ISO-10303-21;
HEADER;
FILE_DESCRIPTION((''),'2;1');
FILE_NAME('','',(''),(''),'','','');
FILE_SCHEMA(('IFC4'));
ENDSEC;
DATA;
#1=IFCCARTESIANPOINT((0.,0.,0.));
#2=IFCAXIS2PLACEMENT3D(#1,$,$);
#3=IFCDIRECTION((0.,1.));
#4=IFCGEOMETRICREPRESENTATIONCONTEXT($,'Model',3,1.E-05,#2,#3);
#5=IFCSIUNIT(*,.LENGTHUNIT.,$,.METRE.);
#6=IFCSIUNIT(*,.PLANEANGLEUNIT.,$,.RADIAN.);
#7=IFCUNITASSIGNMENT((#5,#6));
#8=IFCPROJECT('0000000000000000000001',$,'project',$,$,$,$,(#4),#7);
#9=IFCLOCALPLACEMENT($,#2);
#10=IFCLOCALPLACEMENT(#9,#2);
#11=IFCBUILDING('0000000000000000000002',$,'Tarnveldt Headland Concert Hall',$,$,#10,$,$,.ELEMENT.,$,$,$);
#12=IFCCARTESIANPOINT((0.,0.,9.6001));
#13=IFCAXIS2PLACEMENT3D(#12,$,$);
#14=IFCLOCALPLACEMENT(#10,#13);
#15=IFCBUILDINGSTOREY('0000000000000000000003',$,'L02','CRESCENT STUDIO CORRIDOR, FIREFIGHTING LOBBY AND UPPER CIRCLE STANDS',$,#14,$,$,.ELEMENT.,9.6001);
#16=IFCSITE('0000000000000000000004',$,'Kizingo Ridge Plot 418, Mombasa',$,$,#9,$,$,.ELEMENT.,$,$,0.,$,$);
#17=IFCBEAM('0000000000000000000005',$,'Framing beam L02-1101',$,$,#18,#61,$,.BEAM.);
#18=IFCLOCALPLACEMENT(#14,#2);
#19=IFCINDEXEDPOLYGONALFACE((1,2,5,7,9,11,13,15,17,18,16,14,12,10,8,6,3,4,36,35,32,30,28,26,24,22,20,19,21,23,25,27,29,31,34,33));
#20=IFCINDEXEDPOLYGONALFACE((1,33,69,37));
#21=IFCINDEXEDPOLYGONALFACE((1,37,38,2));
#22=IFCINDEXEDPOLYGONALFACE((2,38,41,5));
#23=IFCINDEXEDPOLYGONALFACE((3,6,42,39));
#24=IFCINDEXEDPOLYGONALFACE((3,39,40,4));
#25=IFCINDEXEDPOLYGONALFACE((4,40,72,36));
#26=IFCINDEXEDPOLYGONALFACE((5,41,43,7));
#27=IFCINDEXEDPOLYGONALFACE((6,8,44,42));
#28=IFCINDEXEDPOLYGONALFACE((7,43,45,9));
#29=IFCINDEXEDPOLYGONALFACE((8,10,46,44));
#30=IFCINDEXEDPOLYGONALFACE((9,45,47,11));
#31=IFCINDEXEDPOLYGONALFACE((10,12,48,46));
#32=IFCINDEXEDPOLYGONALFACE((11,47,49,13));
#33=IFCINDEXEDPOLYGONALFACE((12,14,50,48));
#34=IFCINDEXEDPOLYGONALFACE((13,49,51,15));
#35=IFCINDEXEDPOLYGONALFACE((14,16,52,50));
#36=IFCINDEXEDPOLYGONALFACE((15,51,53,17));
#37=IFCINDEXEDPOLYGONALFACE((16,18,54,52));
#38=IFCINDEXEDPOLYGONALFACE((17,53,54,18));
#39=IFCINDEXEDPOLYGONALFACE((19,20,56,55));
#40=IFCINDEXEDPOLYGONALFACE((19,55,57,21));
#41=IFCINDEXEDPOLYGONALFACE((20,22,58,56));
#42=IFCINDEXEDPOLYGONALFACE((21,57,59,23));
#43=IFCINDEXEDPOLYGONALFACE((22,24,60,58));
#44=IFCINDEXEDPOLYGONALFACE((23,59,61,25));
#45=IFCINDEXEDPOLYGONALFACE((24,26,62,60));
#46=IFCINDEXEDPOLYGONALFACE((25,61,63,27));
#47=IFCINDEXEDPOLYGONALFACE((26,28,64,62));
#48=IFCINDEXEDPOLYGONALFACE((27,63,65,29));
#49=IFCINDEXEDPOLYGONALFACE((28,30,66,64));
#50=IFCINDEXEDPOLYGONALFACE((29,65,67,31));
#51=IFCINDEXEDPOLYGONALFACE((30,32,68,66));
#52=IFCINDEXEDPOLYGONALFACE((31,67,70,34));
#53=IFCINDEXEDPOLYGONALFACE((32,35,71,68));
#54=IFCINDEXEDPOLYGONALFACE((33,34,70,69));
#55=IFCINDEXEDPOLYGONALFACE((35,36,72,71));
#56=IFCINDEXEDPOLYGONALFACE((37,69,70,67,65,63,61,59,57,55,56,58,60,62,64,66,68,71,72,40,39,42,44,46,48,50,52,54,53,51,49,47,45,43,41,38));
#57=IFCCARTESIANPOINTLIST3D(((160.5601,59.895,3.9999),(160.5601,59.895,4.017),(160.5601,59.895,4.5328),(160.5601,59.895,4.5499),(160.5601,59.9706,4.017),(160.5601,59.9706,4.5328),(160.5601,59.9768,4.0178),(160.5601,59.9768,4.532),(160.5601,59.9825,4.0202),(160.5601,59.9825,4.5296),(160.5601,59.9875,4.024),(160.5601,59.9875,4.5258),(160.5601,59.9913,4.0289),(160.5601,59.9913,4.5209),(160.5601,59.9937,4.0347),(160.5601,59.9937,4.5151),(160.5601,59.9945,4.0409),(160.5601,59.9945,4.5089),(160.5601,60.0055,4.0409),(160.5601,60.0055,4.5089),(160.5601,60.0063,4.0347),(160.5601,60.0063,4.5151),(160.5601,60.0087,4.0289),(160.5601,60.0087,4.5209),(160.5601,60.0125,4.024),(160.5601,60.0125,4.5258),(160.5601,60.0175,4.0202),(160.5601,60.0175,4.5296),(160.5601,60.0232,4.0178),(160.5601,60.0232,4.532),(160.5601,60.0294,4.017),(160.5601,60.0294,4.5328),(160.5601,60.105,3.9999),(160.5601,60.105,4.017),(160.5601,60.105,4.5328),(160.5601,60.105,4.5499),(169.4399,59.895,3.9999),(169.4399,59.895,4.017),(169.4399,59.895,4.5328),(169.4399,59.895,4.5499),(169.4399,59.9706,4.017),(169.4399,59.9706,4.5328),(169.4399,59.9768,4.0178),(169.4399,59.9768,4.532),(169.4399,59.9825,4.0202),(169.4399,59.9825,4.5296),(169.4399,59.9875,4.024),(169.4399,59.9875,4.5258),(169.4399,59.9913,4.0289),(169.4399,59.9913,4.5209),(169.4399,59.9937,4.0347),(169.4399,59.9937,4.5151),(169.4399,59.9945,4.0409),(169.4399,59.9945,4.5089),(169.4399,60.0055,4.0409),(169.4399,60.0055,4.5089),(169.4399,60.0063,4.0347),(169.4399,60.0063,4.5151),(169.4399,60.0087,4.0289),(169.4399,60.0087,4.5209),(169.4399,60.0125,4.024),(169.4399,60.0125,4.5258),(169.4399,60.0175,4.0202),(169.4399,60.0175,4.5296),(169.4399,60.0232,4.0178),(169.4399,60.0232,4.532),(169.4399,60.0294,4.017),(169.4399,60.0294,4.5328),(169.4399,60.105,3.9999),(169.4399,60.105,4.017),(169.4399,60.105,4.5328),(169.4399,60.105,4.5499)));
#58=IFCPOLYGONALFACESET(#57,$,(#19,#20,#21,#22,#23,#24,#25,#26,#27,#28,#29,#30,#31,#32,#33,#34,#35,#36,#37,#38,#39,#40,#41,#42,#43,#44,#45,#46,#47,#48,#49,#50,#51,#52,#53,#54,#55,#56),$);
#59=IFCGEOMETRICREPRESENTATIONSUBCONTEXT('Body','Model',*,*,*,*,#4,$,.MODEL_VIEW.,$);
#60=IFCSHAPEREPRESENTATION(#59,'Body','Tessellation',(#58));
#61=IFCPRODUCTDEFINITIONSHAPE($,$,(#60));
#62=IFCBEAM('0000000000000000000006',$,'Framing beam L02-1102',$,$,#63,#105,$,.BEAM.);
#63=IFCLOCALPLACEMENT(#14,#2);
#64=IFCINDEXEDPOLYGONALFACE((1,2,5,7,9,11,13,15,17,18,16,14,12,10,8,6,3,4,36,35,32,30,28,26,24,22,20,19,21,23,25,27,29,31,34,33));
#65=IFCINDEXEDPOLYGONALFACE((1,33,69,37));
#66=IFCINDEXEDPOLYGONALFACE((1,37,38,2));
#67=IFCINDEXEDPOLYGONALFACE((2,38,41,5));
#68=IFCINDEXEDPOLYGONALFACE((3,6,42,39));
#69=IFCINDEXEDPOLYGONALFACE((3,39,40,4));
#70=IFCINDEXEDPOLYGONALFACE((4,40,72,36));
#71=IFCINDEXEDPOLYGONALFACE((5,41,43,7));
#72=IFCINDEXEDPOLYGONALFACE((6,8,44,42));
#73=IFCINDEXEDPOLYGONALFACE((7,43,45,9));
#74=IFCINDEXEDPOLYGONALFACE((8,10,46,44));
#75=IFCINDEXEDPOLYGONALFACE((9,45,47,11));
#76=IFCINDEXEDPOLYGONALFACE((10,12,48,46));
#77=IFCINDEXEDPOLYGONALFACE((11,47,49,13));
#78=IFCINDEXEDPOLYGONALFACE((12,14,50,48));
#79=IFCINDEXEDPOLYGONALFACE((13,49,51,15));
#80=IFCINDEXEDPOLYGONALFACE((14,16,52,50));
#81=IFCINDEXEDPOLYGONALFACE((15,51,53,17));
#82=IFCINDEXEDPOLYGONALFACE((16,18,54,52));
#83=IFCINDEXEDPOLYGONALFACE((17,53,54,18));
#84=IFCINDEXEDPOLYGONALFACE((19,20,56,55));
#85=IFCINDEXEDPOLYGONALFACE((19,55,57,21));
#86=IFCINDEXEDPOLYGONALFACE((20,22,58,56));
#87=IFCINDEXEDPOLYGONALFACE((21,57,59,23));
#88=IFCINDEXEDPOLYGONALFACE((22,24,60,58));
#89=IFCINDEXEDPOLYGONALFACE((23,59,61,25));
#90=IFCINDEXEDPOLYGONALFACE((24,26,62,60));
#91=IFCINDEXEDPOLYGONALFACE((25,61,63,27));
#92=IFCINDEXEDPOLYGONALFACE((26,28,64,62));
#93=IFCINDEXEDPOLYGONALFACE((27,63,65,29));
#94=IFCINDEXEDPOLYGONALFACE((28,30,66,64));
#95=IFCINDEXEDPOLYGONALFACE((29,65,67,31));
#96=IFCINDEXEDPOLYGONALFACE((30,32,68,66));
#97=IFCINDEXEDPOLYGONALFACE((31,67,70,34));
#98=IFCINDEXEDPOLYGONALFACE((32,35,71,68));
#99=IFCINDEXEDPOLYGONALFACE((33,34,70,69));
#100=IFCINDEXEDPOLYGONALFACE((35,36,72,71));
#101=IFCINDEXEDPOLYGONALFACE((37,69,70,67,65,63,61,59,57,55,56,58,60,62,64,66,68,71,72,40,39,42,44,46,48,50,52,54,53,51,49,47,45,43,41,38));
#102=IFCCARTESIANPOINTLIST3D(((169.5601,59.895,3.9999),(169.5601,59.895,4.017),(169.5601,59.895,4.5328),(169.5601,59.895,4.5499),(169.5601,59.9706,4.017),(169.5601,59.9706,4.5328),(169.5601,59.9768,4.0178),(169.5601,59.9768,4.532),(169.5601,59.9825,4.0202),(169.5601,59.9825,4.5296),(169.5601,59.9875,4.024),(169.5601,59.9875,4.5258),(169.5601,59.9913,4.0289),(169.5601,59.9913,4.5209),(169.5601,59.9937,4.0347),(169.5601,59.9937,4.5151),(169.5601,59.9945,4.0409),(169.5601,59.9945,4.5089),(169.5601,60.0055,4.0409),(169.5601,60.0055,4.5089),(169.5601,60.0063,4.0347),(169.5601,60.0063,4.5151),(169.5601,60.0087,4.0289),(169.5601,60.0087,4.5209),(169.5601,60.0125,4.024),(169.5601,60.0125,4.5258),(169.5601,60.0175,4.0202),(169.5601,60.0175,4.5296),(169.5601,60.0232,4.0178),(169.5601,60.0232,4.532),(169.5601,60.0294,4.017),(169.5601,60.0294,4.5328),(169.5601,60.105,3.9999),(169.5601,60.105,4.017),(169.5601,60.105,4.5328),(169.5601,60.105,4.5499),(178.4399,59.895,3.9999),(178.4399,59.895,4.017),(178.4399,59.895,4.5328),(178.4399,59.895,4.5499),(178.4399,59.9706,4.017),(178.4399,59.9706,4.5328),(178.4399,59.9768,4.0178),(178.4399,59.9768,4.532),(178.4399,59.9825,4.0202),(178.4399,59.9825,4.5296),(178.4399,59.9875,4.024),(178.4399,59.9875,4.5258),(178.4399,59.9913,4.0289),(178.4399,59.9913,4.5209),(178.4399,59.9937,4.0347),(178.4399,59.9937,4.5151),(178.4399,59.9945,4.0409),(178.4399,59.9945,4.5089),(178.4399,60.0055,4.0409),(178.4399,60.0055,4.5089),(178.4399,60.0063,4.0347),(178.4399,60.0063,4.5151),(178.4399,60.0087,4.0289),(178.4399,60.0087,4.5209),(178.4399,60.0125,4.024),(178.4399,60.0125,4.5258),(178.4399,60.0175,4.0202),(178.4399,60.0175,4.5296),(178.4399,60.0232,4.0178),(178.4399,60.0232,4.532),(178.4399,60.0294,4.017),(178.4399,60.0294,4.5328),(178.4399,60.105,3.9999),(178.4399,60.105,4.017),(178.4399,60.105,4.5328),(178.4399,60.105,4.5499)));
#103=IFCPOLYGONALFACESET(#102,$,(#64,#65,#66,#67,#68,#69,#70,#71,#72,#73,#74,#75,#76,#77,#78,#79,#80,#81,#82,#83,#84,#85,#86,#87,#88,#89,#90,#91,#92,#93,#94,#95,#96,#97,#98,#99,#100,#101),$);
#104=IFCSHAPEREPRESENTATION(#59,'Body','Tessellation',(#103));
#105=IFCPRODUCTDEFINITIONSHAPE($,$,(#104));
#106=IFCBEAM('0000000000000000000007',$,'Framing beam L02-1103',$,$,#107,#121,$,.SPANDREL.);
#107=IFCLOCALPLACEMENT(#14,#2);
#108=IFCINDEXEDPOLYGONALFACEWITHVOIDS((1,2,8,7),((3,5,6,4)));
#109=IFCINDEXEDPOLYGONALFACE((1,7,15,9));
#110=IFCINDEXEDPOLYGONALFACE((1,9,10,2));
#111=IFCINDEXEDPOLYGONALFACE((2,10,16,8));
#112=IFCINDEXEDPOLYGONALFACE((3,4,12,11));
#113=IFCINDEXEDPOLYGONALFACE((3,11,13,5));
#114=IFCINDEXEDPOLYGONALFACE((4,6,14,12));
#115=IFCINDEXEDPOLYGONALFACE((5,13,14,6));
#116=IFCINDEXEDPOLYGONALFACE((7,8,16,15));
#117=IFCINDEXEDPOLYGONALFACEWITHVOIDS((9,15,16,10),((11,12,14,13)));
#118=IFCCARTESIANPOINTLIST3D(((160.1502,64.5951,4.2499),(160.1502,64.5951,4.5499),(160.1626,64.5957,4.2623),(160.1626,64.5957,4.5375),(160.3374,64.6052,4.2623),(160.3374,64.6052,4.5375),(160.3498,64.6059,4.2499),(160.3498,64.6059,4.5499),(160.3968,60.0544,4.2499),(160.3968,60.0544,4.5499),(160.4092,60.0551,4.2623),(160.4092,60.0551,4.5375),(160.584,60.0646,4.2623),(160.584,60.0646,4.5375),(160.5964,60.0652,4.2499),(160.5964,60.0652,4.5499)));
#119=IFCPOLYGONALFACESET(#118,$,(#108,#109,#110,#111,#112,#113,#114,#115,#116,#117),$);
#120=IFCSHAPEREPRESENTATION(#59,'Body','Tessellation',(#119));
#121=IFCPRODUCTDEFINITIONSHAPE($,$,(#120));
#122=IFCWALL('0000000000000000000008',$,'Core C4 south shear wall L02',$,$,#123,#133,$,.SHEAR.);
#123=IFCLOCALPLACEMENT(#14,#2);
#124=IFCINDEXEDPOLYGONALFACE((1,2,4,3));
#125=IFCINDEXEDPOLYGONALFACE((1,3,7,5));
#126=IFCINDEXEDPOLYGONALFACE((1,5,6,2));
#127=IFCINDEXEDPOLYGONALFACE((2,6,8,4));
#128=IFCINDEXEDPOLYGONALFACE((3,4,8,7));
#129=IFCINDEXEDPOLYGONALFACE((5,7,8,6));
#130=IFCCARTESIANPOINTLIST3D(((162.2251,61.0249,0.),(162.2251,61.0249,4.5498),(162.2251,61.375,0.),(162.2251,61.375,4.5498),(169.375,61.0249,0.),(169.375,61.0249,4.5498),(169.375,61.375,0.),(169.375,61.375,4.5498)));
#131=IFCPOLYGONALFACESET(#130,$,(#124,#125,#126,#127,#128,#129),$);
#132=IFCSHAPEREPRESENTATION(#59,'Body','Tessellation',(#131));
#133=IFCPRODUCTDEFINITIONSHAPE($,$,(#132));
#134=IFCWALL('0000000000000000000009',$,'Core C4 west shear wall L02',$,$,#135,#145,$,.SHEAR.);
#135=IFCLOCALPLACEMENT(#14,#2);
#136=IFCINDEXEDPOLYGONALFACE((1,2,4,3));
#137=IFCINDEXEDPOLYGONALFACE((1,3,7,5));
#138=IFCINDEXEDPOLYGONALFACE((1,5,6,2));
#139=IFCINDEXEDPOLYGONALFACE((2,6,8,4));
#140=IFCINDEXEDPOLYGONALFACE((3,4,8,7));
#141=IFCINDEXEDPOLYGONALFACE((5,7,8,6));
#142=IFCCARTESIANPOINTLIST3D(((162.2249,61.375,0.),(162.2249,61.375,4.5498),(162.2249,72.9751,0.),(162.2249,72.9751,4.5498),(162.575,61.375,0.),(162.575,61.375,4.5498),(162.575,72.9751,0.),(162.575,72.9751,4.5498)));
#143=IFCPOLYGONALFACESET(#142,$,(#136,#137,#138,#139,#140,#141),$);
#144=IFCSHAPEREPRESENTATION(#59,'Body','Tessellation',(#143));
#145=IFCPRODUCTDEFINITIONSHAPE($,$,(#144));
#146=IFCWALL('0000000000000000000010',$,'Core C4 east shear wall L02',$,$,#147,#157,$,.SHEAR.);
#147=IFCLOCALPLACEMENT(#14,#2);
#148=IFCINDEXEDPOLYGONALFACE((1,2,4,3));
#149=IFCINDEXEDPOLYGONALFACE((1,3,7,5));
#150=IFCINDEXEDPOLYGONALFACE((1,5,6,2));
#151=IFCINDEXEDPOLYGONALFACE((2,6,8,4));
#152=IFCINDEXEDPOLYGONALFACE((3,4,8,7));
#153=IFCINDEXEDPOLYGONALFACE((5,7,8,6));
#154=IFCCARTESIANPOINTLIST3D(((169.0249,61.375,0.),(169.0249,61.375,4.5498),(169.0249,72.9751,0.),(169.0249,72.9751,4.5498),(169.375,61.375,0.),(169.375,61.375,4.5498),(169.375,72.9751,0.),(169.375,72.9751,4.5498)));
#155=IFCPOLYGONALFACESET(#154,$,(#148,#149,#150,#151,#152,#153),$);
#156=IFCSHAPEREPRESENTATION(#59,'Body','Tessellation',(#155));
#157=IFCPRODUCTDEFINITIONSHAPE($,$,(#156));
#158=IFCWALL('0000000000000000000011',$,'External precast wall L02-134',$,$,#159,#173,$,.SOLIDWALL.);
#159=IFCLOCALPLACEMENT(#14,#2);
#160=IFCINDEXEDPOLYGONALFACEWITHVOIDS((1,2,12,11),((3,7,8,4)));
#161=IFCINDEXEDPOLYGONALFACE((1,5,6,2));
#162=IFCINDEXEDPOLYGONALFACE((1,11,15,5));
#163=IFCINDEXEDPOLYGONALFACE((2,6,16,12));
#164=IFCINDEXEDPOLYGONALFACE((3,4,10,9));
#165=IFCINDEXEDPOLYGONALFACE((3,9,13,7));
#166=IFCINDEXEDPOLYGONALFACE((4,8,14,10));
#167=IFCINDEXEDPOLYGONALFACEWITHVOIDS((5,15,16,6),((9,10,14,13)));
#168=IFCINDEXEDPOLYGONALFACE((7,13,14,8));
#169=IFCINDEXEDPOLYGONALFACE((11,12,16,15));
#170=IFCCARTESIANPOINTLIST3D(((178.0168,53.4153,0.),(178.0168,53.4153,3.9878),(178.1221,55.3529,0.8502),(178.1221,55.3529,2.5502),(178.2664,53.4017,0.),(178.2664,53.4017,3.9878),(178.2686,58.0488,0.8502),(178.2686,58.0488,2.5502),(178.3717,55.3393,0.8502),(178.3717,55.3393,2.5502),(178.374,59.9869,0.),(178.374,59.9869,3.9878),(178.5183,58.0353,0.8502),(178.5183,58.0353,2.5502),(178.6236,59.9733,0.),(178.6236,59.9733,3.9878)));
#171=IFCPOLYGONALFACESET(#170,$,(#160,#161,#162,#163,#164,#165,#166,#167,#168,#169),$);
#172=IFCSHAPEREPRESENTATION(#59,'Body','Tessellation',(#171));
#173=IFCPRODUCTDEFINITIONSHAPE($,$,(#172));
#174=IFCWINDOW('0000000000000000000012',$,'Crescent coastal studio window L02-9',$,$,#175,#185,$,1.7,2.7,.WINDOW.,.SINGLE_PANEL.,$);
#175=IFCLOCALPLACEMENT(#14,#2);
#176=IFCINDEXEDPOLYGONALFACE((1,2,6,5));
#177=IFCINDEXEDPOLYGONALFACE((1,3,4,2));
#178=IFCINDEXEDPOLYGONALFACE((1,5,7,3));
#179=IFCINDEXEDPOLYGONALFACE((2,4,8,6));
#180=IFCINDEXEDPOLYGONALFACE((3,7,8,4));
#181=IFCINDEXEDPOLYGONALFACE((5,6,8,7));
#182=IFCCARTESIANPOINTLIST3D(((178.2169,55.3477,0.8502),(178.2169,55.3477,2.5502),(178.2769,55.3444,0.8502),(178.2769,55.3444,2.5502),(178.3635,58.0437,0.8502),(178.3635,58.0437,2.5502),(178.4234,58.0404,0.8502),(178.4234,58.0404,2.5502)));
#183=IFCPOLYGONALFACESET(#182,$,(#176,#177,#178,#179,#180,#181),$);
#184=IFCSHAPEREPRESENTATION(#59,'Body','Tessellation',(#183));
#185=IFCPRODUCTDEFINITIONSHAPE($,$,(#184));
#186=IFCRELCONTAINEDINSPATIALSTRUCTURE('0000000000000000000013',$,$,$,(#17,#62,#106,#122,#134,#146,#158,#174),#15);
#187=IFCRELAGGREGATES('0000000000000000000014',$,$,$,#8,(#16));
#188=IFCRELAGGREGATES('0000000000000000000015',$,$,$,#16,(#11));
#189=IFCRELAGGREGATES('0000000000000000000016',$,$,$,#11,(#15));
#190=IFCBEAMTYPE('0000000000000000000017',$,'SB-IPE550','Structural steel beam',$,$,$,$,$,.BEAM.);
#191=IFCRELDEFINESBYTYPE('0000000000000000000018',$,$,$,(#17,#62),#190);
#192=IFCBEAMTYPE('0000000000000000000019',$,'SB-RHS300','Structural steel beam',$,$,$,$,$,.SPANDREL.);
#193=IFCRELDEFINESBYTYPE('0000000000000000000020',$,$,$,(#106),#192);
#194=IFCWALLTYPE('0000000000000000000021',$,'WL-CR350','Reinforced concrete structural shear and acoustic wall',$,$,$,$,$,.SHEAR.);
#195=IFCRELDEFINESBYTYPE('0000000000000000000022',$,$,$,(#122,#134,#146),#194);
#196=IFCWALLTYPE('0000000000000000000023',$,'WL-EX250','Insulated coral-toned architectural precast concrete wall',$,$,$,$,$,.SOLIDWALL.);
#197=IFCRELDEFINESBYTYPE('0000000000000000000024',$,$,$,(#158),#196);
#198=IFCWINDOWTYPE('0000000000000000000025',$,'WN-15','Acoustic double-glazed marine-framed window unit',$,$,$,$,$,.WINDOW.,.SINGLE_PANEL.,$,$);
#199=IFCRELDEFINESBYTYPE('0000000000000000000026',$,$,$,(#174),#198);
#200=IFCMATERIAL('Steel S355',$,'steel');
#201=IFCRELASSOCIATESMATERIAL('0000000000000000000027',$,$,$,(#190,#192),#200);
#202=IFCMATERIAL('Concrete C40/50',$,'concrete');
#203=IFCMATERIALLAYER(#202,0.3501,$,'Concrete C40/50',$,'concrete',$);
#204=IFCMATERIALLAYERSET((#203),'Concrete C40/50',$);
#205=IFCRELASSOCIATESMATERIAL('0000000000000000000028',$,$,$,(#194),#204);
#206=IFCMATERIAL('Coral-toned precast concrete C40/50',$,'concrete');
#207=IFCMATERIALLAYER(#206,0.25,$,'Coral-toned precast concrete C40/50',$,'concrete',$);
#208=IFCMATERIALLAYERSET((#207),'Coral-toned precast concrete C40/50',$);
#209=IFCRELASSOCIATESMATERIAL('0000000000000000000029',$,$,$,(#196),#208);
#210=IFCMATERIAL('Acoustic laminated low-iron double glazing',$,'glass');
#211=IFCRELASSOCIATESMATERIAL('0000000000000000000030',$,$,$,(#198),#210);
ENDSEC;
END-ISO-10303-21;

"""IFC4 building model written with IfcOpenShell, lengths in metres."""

from ifc_helpers import new_model, si_unit, direction, frame, frame_2d, origin, origin_2d, place, context, subcontext, project, spatial, rectangle, hollow_rectangle, i_section, extrude, material, layer, layer_set, material_profile, profile_set, type_object, element, fill, save


model = new_model("IFC4")

# Units and contexts
model_context = context("Model", 3, precision=1e-05, world=origin(), true_north=direction((0.0, 1.0)))
body_context = subcontext(model_context, "Body", "Model", "MODEL_VIEW")
ifc_project = project(units=[si_unit("LENGTHUNIT", "METRE"), si_unit("PLANEANGLEUNIT", "RADIAN")], contexts=[model_context])

# Site, building, storey
site_placement = place(None, origin())
site = spatial("IfcSite", under=ifc_project, at=site_placement, Name="Kizingo Ridge Plot 418, Mombasa", CompositionType="ELEMENT", RefElevation=0.0)
building_placement = place(site_placement, origin())
building = spatial("IfcBuilding", under=site, at=building_placement, Name="Tarnveldt Headland Concert Hall", CompositionType="ELEMENT")
storey_placement = place(building_placement, frame((0.0, 0.0, 9.6001)))
storey = spatial("IfcBuildingStorey", under=building, at=storey_placement, Name="L02", Description="CRESCENT STUDIO CORRIDOR, FIREFIGHTING LOBBY AND UPPER CIRCLE STANDS", CompositionType="ELEMENT", Elevation=9.6001)

# Shared definitions
ifc_material_1 = material(Name="Concrete C40/50", Category="concrete")
ifc_material_2 = material(Name="Steel S355", Category="steel")

# Beams
ifc_material_profile_1 = material_profile(ifc_material_2, i_section(OverallWidth=0.21, OverallDepth=0.55, WebThickness=0.011, FlangeThickness=0.0171, FilletRadius=0.0239, at=origin_2d()), Name="IPE550", Category="steel")
ifc_profile_set_1 = profile_set([ifc_material_profile_1], Name="Steel S355")
beam_type_1 = type_object("IfcBeamType", Name="SB-IPE550", Description="Structural steel beam", PredefinedType="BEAM", material=ifc_profile_set_1)
for number, where, z_axis, x_axis, name in (
    (1, (160.5601, 60.0, 4.2749), (1.0, 0.0, 0.0), (0.0, 1.0, 0.0), "Framing beam L02-1101"),
    (2, (169.5601, 60.0, 4.2749), (1.0, 0.0, 0.0), (0.0, 1.0, 0.0), "Framing beam L02-1102"),
):
    element("IfcBeam", number, at=place(storey_placement, frame(where, z_axis=z_axis, x_axis=x_axis)), inside=storey, type_object=beam_type_1, Name=name, PredefinedType="BEAM", context=body_context, shape_type="SweptSolid", body=[
        extrude(i_section(OverallWidth=0.21, OverallDepth=0.55, WebThickness=0.011, FlangeThickness=0.0171, FilletRadius=0.0239, at=origin_2d()), origin(), (0.0, 0.0, 1.0), 8.8799),
    ])
ifc_material_profile_2 = material_profile(ifc_material_2, hollow_rectangle(XDim=0.2, YDim=0.3, WallThickness=0.0125, at=origin_2d()), Name="RHS 300x200x12.5", Category="steel")
ifc_profile_set_2 = profile_set([ifc_material_profile_2], Name="Steel S355")
beam_type_2 = type_object("IfcBeamType", Name="SB-RHS300", Description="Structural steel beam", PredefinedType="SPANDREL", material=ifc_profile_set_2)
beam_1_placement = place(storey_placement, frame((160.4966, 60.0598, 4.3999), z_axis=(-0.054224, 0.998529, 0.0), x_axis=(-0.998529, -0.054224, 0.0)))
element("IfcBeam", 3, at=beam_1_placement, inside=storey, type_object=beam_type_2, Name="Framing beam L02-1103", PredefinedType="SPANDREL", context=body_context, shape_type="SweptSolid", body=[
    extrude(hollow_rectangle(XDim=0.2, YDim=0.3, WallThickness=0.0125, at=origin_2d()), origin(), (0.0, 0.0, 1.0), 4.5474),
])

# Walls
ifc_layer_1 = layer(ifc_material_1, 0.3501, Name="Concrete C40/50", Category="concrete")
ifc_layer_set_1 = layer_set([ifc_layer_1], Name="Concrete C40/50")
wall_type_1 = type_object("IfcWallType", Name="WL-CR350", Description="Reinforced concrete structural shear and acoustic wall", PredefinedType="SHEAR", material=ifc_layer_set_1)
wall_1_placement = place(storey_placement, frame((162.2251, 61.2, 0.0), z_axis=(0.0, 0.0, 1.0), x_axis=(1.0, 0.0, 0.0)))
element("IfcWall", 4, at=wall_1_placement, inside=storey, type_object=wall_type_1, Name="Core C4 south shear wall L02", PredefinedType="SHEAR", context=body_context, shape_type="SweptSolid", body=[
    extrude(rectangle(XDim=7.1499, YDim=0.3501, at=frame_2d((3.575, 0.0))), origin(), (0.0, 0.0, 1.0), 4.5498),
])
for number, where, z_axis, x_axis, name in (
    (5, (162.3999, 61.375, 0.0), (0.0, 0.0, 1.0), (0.0, 1.0, 0.0), "Core C4 west shear wall L02"),
    (6, (169.2, 61.375, 0.0), (0.0, 0.0, 1.0), (0.0, 1.0, 0.0), "Core C4 east shear wall L02"),
):
    element("IfcWall", number, at=place(storey_placement, frame(where, z_axis=z_axis, x_axis=x_axis)), inside=storey, type_object=wall_type_1, Name=name, PredefinedType="SHEAR", context=body_context, shape_type="SweptSolid", body=[
        extrude(rectangle(XDim=11.6001, YDim=0.3501, at=frame_2d((5.8, 0.0))), origin(), (0.0, 0.0, 1.0), 4.5498),
    ])

# Wall, opening, window
ifc_material_3 = material(Name="Coral-toned precast concrete C40/50", Category="concrete")
ifc_layer_2 = layer(ifc_material_3, 0.25, Name="Coral-toned precast concrete C40/50", Category="concrete")
ifc_layer_set_2 = layer_set([ifc_layer_2], Name="Coral-toned precast concrete C40/50")
wall_type_2 = type_object("IfcWallType", Name="WL-EX250", Description="Insulated coral-toned architectural precast concrete wall", PredefinedType="SOLIDWALL", material=ifc_layer_set_2)
wall_2_placement = place(storey_placement, frame((178.4988, 59.98, 0.0), z_axis=(0.0, 0.0, 1.0), x_axis=(-0.054272, -0.998526, 0.0)))
wall_2 = element("IfcWall", 7, at=wall_2_placement, inside=storey, type_object=wall_type_2, Name="External precast wall L02-134", PredefinedType="SOLIDWALL", context=body_context, shape_type="SweptSolid", body=[
    extrude(rectangle(XDim=6.5813, YDim=0.25, at=frame_2d((3.2905, 0.0))), origin(), (0.0, 0.0, 1.0), 3.9878),
])
opening_1_placement = place(wall_2_placement, frame((1.9407, 0.0, 0.8501)))
opening_1 = element("IfcOpeningElement", 8, at=opening_1_placement, cuts=wall_2, PredefinedType="OPENING", context=body_context, shape_type="SweptSolid", body=[
    extrude(rectangle(XDim=2.7, YDim=1.7, at=frame_2d((1.3501, 0.8501))), frame((0.0, 0.135, 0.0), z_axis=(0.0, -1.0, 0.0), x_axis=(1.0, 0.0, 0.0)), (0.0, 0.0, 1.0), 0.27),
])
ifc_material_4 = material(Name="Acoustic laminated low-iron double glazing", Category="glass")
window_type = type_object("IfcWindowType", Name="WN-15", Description="Acoustic double-glazed marine-framed window unit", PartitioningType="SINGLE_PANEL", PredefinedType="WINDOW", material=ifc_material_4)
window_placement = place(opening_1_placement, origin())
window = element("IfcWindow", 9, at=window_placement, inside=storey, type_object=window_type, Name="Crescent coastal studio window L02-9", OverallHeight=1.7, OverallWidth=2.7, PartitioningType="SINGLE_PANEL", PredefinedType="WINDOW", context=body_context, shape_type="SweptSolid", body=[
    extrude(rectangle(XDim=2.7, YDim=1.7, at=frame_2d((1.3501, 0.8501))), frame((0.0, 0.03, 0.0), z_axis=(0.0, -1.0, 0.0), x_axis=(1.0, 0.0, 0.0)), (0.0, 0.0, 1.0), 0.0601),
])
fill(opening_1, window)

save(model, "model.ifc")
